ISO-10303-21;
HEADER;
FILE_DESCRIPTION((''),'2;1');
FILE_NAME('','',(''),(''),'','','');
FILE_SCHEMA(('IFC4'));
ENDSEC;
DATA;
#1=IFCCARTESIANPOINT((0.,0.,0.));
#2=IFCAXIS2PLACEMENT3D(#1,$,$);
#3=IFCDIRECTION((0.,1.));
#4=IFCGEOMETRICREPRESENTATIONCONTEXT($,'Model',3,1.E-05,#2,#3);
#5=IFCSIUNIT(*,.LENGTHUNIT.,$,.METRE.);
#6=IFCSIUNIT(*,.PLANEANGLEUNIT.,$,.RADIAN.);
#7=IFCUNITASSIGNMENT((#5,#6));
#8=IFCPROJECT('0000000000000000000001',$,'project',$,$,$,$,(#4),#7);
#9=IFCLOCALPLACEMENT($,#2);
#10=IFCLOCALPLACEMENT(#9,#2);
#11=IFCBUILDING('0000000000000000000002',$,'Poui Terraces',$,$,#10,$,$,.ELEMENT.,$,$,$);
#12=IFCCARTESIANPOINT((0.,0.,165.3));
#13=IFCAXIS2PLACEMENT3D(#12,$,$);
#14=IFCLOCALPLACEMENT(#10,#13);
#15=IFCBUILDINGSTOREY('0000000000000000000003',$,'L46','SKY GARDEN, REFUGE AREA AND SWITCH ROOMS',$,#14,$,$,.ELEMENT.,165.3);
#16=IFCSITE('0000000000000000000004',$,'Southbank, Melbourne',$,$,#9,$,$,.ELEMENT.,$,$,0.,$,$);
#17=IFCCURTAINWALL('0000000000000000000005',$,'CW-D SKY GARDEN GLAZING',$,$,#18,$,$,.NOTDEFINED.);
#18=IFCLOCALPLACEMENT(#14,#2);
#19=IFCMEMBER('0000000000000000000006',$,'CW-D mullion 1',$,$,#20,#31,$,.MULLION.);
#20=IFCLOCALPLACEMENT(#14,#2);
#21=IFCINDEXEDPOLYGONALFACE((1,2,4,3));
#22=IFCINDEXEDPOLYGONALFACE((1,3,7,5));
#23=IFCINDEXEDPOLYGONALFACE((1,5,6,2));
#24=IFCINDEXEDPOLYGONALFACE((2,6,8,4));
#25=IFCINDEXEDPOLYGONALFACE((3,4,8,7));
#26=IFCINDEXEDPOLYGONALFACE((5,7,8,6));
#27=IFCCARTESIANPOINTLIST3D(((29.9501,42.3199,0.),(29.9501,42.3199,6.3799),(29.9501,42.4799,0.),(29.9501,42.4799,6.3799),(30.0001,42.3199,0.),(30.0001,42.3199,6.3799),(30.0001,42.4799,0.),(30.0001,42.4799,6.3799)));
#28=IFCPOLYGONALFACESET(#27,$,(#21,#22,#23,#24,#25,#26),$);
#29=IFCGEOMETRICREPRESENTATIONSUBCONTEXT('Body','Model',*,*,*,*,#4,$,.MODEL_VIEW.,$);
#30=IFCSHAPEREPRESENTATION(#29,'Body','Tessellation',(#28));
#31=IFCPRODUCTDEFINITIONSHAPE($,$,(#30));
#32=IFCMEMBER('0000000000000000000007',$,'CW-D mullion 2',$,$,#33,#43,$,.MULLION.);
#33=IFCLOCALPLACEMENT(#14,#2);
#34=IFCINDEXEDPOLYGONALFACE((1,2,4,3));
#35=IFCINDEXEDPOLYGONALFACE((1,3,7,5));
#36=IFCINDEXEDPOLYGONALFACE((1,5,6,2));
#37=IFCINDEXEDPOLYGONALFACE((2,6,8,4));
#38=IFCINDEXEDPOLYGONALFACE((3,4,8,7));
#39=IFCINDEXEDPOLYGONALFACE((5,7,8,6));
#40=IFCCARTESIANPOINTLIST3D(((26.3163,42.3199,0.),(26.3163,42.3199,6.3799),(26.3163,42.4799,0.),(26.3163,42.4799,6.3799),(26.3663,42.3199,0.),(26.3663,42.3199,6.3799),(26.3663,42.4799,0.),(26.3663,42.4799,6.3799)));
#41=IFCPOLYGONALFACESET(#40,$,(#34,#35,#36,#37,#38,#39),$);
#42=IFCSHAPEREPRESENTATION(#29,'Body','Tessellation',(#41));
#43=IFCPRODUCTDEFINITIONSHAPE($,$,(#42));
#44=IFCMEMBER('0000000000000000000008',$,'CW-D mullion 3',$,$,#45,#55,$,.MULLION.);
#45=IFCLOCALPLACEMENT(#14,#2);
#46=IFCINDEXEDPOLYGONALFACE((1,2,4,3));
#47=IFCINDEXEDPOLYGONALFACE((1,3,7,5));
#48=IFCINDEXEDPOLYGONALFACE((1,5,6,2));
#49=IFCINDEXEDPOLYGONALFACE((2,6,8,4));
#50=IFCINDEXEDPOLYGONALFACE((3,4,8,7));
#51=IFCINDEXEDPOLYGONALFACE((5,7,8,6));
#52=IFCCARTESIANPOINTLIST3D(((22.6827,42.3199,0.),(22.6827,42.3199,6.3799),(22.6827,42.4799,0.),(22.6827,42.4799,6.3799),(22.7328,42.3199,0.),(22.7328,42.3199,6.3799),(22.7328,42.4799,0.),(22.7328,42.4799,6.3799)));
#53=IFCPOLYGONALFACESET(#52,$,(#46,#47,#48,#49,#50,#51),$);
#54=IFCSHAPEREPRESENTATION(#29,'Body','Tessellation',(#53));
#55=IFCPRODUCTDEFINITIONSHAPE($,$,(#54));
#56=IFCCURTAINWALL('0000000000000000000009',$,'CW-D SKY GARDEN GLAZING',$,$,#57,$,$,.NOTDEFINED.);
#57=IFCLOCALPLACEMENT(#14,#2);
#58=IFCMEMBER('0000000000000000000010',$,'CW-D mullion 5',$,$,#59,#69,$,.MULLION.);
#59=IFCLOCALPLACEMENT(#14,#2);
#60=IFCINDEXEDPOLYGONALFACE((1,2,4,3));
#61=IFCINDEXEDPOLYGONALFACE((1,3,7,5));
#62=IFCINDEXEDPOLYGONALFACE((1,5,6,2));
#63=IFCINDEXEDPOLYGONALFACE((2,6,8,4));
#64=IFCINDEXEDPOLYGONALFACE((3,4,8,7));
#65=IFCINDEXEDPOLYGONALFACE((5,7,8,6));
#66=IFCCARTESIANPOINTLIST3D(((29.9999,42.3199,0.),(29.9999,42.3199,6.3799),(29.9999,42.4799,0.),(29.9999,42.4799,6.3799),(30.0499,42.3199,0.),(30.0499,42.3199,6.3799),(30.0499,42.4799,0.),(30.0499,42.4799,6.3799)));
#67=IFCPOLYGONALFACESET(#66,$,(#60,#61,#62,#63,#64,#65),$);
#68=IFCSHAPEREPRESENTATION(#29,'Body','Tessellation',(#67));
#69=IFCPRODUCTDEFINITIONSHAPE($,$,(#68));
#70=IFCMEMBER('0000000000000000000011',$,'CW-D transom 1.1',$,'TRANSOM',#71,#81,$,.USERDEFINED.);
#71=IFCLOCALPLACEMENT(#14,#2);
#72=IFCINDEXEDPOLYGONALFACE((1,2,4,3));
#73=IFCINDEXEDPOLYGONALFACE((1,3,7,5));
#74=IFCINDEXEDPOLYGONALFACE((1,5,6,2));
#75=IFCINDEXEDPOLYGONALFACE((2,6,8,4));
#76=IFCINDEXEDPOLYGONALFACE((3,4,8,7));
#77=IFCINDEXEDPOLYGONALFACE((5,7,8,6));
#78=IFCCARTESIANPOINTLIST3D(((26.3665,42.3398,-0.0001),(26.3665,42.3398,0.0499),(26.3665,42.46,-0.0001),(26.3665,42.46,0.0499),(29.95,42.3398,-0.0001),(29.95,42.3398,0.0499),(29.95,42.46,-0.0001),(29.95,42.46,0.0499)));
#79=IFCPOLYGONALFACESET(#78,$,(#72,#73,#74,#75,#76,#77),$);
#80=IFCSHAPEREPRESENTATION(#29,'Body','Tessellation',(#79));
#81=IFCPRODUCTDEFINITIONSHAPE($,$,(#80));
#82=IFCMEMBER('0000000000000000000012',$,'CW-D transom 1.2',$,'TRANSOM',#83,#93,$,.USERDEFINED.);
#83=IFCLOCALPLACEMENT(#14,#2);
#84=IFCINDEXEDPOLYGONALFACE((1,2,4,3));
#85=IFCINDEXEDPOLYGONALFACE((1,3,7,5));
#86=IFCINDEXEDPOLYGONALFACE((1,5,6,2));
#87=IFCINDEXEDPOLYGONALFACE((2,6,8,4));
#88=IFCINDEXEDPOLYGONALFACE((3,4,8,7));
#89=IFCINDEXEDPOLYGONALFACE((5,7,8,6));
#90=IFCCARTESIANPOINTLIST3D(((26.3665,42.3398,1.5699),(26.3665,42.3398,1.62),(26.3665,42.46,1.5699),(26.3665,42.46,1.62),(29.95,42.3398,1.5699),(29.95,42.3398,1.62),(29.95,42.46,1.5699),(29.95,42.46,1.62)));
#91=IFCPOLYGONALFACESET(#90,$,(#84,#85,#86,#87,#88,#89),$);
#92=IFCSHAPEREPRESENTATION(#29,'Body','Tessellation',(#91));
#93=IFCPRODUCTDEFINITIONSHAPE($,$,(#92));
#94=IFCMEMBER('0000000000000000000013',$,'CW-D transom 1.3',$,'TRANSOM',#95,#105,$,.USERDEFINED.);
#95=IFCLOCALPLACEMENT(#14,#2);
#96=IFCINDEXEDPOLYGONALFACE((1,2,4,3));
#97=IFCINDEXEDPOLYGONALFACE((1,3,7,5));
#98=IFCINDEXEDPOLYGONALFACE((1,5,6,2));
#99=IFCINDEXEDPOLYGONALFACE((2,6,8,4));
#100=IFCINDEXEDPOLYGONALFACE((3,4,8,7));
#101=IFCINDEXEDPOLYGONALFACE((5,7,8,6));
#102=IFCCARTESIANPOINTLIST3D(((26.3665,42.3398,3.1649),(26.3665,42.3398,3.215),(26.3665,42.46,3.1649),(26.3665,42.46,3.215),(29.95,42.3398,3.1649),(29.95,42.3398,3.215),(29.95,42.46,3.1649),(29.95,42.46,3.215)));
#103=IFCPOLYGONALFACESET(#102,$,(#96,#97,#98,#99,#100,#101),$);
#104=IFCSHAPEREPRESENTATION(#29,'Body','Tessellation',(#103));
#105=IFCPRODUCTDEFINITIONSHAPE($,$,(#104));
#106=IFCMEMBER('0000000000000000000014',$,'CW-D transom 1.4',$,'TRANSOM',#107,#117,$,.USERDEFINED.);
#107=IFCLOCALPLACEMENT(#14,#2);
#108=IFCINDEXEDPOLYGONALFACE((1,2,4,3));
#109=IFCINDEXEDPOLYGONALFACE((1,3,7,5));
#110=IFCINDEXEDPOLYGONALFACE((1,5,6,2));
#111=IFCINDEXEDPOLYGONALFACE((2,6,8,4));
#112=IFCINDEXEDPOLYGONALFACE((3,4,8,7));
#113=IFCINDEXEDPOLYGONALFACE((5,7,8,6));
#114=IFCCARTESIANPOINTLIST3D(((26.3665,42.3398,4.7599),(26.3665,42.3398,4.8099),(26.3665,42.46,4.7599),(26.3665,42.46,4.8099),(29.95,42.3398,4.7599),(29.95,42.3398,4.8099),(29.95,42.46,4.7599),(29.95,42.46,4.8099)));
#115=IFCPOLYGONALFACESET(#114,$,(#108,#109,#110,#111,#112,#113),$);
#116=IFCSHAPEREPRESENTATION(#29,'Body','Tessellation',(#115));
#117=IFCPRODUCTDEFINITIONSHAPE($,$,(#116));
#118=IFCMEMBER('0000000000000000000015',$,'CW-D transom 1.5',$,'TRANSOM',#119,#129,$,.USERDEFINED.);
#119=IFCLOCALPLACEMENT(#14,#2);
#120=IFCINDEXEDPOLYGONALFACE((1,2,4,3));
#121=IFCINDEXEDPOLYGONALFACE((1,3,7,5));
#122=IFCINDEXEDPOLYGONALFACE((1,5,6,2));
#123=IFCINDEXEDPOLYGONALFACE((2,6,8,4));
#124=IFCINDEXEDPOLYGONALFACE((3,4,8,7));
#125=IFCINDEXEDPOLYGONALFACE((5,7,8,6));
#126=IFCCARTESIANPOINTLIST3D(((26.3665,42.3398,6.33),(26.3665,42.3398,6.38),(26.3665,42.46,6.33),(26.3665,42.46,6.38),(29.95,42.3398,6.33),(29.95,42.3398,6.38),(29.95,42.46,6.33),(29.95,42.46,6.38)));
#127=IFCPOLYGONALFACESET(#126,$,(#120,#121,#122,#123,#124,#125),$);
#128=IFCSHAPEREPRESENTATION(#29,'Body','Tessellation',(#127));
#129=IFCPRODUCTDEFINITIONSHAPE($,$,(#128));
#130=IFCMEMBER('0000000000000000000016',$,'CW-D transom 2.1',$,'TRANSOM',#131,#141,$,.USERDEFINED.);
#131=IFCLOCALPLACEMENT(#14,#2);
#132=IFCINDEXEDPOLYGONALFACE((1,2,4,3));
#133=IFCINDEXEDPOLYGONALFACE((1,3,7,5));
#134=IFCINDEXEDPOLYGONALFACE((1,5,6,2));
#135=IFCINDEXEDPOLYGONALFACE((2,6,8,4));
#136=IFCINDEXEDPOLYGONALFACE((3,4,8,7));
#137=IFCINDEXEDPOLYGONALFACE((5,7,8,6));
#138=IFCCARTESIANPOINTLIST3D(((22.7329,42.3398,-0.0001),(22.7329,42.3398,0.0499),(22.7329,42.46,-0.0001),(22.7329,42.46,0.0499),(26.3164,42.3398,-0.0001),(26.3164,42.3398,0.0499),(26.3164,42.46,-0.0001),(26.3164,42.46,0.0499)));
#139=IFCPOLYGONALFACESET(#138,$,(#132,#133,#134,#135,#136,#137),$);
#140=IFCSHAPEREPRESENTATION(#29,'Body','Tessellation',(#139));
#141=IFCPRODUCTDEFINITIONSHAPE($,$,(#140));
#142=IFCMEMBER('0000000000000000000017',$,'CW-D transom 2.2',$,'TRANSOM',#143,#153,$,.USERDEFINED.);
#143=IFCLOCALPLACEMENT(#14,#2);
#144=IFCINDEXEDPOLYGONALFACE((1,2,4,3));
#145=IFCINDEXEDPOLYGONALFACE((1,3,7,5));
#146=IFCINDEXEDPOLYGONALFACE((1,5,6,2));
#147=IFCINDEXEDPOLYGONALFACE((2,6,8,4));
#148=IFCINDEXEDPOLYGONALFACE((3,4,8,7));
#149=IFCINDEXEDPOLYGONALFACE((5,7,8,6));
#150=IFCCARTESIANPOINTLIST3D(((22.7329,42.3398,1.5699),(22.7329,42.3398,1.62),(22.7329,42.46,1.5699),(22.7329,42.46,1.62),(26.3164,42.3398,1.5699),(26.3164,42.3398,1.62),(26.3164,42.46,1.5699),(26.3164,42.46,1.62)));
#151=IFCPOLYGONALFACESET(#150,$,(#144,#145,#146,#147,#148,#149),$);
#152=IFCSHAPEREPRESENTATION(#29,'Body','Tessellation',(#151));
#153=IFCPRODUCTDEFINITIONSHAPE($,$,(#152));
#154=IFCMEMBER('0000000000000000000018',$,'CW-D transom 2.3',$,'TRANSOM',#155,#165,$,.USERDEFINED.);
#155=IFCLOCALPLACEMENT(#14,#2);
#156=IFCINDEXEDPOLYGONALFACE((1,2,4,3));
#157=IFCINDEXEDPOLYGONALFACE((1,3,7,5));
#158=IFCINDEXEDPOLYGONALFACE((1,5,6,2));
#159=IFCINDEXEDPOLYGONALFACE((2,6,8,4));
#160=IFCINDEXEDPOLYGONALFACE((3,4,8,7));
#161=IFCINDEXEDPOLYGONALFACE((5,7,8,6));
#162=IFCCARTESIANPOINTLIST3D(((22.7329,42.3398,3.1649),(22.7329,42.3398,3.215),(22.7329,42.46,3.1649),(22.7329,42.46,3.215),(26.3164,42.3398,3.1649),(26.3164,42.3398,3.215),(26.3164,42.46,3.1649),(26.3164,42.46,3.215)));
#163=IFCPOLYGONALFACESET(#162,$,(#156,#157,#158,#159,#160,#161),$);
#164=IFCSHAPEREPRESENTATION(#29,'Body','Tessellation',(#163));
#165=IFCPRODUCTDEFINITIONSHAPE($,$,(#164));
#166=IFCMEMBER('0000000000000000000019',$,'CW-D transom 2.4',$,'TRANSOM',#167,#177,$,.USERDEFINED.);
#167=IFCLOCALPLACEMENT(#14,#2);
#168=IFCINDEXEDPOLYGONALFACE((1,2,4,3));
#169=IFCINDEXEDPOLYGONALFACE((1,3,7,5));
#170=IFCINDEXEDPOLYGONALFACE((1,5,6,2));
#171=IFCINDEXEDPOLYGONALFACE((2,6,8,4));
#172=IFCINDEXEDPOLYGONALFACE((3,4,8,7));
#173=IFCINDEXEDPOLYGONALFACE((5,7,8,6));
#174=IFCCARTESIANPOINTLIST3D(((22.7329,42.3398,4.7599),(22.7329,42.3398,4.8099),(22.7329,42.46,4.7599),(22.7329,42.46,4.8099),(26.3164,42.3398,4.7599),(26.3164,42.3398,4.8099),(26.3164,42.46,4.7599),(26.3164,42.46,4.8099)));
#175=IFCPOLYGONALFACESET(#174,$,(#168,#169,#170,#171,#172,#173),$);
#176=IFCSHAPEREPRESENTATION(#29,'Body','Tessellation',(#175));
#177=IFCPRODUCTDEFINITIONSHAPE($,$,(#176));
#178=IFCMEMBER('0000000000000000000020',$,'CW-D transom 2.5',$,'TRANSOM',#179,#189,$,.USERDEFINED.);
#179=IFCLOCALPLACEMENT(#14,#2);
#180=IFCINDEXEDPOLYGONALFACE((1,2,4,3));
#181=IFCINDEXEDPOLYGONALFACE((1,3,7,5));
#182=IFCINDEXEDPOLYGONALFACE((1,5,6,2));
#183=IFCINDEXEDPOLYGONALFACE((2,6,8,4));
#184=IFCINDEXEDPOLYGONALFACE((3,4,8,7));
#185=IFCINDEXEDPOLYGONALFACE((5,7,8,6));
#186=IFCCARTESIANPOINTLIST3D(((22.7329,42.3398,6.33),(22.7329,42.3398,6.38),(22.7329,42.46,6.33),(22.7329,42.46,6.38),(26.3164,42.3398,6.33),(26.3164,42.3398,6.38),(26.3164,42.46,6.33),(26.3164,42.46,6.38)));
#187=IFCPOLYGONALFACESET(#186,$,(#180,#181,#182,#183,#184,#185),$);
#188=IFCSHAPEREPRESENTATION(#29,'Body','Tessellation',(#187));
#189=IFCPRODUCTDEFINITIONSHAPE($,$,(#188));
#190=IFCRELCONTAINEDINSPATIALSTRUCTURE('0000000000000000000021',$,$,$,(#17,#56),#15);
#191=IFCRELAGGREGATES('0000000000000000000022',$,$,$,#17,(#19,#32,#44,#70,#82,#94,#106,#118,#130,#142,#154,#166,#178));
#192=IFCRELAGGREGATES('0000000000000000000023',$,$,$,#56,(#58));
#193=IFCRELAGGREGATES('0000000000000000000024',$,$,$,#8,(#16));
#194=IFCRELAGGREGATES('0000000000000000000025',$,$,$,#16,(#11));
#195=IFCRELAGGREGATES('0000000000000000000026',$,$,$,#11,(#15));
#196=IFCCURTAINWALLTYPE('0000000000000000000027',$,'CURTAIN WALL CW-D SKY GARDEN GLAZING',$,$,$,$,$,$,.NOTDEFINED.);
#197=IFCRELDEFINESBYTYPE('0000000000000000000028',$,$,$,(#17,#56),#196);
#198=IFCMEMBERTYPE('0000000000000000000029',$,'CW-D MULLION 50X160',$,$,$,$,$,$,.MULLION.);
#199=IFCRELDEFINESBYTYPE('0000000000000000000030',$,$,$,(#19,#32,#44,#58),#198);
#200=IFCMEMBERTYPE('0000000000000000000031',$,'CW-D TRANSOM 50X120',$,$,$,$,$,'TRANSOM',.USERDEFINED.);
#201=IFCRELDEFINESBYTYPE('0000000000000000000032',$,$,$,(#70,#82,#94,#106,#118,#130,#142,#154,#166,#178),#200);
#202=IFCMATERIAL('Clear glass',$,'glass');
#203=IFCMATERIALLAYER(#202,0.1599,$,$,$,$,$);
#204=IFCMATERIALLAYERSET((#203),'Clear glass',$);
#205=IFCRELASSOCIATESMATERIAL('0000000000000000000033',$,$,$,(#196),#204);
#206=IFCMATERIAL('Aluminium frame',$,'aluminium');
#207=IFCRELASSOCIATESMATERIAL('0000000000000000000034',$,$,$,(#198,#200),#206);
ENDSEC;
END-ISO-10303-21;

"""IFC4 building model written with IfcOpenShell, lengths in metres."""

from ifc_helpers import new_model, si_unit, direction, frame, origin, origin_2d, place, context, subcontext, project, spatial, rectangle, extrude, material, layer, layer_set, material_profile, profile_set, type_object, element, aggregate, save


model = new_model("IFC4")

# Units and contexts
model_context = context("Model", 3, precision=1e-05, world=origin(), true_north=direction((0.0, 1.0)))
body_context = subcontext(model_context, "Body", "Model", "MODEL_VIEW")
ifc_project = project(units=[si_unit("LENGTHUNIT", "METRE"), si_unit("PLANEANGLEUNIT", "RADIAN")], contexts=[model_context])

# Site, building, storey
site_placement = place(None, origin())
site = spatial("IfcSite", under=ifc_project, at=site_placement, Name="Southbank, Melbourne", CompositionType="ELEMENT", RefElevation=0.0)
building_placement = place(site_placement, origin())
building = spatial("IfcBuilding", under=site, at=building_placement, Name="Poui Terraces", CompositionType="ELEMENT")
storey_placement = place(building_placement, frame((0.0, 0.0, 165.3)))
storey = spatial("IfcBuildingStorey", under=building, at=storey_placement, Name="L46", Description="SKY GARDEN, REFUGE AREA AND SWITCH ROOMS", CompositionType="ELEMENT", Elevation=165.3)

# Curtain wall, members
ifc_material_1 = material(Name="Clear glass", Category="glass")
ifc_layer_1 = layer(ifc_material_1, 0.1599)
ifc_layer_set_1 = layer_set([ifc_layer_1], Name="Clear glass")
curtain_wall_type = type_object("IfcCurtainWallType", Name="CURTAIN WALL CW-D SKY GARDEN GLAZING", PredefinedType="NOTDEFINED", material=ifc_layer_set_1)
curtain_wall_1_placement = place(storey_placement, origin())
curtain_wall_1 = element("IfcCurtainWall", 1, at=curtain_wall_1_placement, inside=storey, type_object=curtain_wall_type, Name="CW-D SKY GARDEN GLAZING", PredefinedType="NOTDEFINED")
ifc_material_2 = material(Name="Aluminium frame", Category="aluminium")
ifc_material_profile_1 = material_profile(ifc_material_2, rectangle(XDim=0.1599, YDim=0.05, at=origin_2d()), Name="CW-D MULLION 50X160")
ifc_profile_set_1 = profile_set([ifc_material_profile_1], Name="Aluminium frame")
member_type_1 = type_object("IfcMemberType", Name="CW-D MULLION 50X160", PredefinedType="MULLION", material=ifc_profile_set_1)
member_1_placement = place(storey_placement, frame((29.9751, 42.3999, 0.0), z_axis=(0.0, 0.0, 1.0), x_axis=(0.0, -1.0, 0.0)))
member_1 = element("IfcMember", 2, at=member_1_placement, type_object=member_type_1, Name="CW-D mullion 1", PredefinedType="MULLION", context=body_context, shape_type="SweptSolid", body=[
    extrude(rectangle(XDim=0.1599, YDim=0.05, at=origin_2d()), origin(), (0.0, 0.0, 1.0), 6.3799),
])
member_2_placement = place(storey_placement, frame((26.3413, 42.3999, 0.0), z_axis=(0.0, 0.0, 1.0), x_axis=(0.0, -1.0, 0.0)))
member_2 = element("IfcMember", 3, at=member_2_placement, type_object=member_type_1, Name="CW-D mullion 2", PredefinedType="MULLION", context=body_context, shape_type="SweptSolid", body=[
    extrude(rectangle(XDim=0.1599, YDim=0.05, at=origin_2d()), origin(), (0.0, 0.0, 1.0), 6.3799),
])
member_3_placement = place(storey_placement, frame((22.7078, 42.3999, 0.0), z_axis=(0.0, 0.0, 1.0), x_axis=(0.0, -1.0, 0.0)))
member_3 = element("IfcMember", 4, at=member_3_placement, type_object=member_type_1, Name="CW-D mullion 3", PredefinedType="MULLION", context=body_context, shape_type="SweptSolid", body=[
    extrude(rectangle(XDim=0.1599, YDim=0.05, at=origin_2d()), origin(), (0.0, 0.0, 1.0), 6.3799),
])

# Curtain wall, member
curtain_wall_2_placement = place(storey_placement, origin())
curtain_wall_2 = element("IfcCurtainWall", 5, at=curtain_wall_2_placement, inside=storey, type_object=curtain_wall_type, Name="CW-D SKY GARDEN GLAZING", PredefinedType="NOTDEFINED")
member_4_placement = place(storey_placement, frame((30.0249, 42.3999, 0.0), z_axis=(0.0, 0.0, 1.0), x_axis=(0.0, -1.0, 0.0)))
member_4 = element("IfcMember", 6, at=member_4_placement, type_object=member_type_1, Name="CW-D mullion 5", PredefinedType="MULLION", context=body_context, shape_type="SweptSolid", body=[
    extrude(rectangle(XDim=0.1599, YDim=0.05, at=origin_2d()), origin(), (0.0, 0.0, 1.0), 6.3799),
])

# Members
ifc_material_profile_2 = material_profile(ifc_material_2, rectangle(XDim=0.1201, YDim=0.05, at=origin_2d()), Name="CW-D TRANSOM 50X120")
ifc_profile_set_2 = profile_set([ifc_material_profile_2], Name="Aluminium frame")
member_type_2 = type_object("IfcMemberType", Name="CW-D TRANSOM 50X120", ElementType="TRANSOM", PredefinedType="USERDEFINED", material=ifc_profile_set_2)
member_5_placement = place(storey_placement, frame((29.95, 42.3999, 0.0249), z_axis=(-1.0, 0.0, 0.0), x_axis=(0.0, -1.0, 0.0)))
member_5 = element("IfcMember", 7, at=member_5_placement, type_object=member_type_2, Name="CW-D transom 1.1", ObjectType="TRANSOM", PredefinedType="USERDEFINED", context=body_context, shape_type="SweptSolid", body=[
    extrude(rectangle(XDim=0.1201, YDim=0.05, at=origin_2d()), origin(), (0.0, 0.0, 1.0), 3.5835),
])
member_6_placement = place(storey_placement, frame((29.95, 42.3999, 1.595), z_axis=(-1.0, 0.0, 0.0), x_axis=(0.0, -1.0, 0.0)))
member_6 = element("IfcMember", 8, at=member_6_placement, type_object=member_type_2, Name="CW-D transom 1.2", ObjectType="TRANSOM", PredefinedType="USERDEFINED", context=body_context, shape_type="SweptSolid", body=[
    extrude(rectangle(XDim=0.1201, YDim=0.05, at=origin_2d()), origin(), (0.0, 0.0, 1.0), 3.5835),
])
member_7_placement = place(storey_placement, frame((29.95, 42.3999, 3.1899), z_axis=(-1.0, 0.0, 0.0), x_axis=(0.0, -1.0, 0.0)))
member_7 = element("IfcMember", 9, at=member_7_placement, type_object=member_type_2, Name="CW-D transom 1.3", ObjectType="TRANSOM", PredefinedType="USERDEFINED", context=body_context, shape_type="SweptSolid", body=[
    extrude(rectangle(XDim=0.1201, YDim=0.05, at=origin_2d()), origin(), (0.0, 0.0, 1.0), 3.5835),
])
member_8_placement = place(storey_placement, frame((29.95, 42.3999, 4.7849), z_axis=(-1.0, 0.0, 0.0), x_axis=(0.0, -1.0, 0.0)))
member_8 = element("IfcMember", 10, at=member_8_placement, type_object=member_type_2, Name="CW-D transom 1.4", ObjectType="TRANSOM", PredefinedType="USERDEFINED", context=body_context, shape_type="SweptSolid", body=[
    extrude(rectangle(XDim=0.1201, YDim=0.05, at=origin_2d()), origin(), (0.0, 0.0, 1.0), 3.5835),
])
member_9_placement = place(storey_placement, frame((29.95, 42.3999, 6.355), z_axis=(-1.0, 0.0, 0.0), x_axis=(0.0, -1.0, 0.0)))
member_9 = element("IfcMember", 11, at=member_9_placement, type_object=member_type_2, Name="CW-D transom 1.5", ObjectType="TRANSOM", PredefinedType="USERDEFINED", context=body_context, shape_type="SweptSolid", body=[
    extrude(rectangle(XDim=0.1201, YDim=0.05, at=origin_2d()), origin(), (0.0, 0.0, 1.0), 3.5835),
])
member_10_placement = place(storey_placement, frame((26.3164, 42.3999, 0.0249), z_axis=(-1.0, 0.0, 0.0), x_axis=(0.0, -1.0, 0.0)))
member_10 = element("IfcMember", 12, at=member_10_placement, type_object=member_type_2, Name="CW-D transom 2.1", ObjectType="TRANSOM", PredefinedType="USERDEFINED", context=body_context, shape_type="SweptSolid", body=[
    extrude(rectangle(XDim=0.1201, YDim=0.05, at=origin_2d()), origin(), (0.0, 0.0, 1.0), 3.5835),
])
member_11_placement = place(storey_placement, frame((26.3164, 42.3999, 1.595), z_axis=(-1.0, 0.0, 0.0), x_axis=(0.0, -1.0, 0.0)))
member_11 = element("IfcMember", 13, at=member_11_placement, type_object=member_type_2, Name="CW-D transom 2.2", ObjectType="TRANSOM", PredefinedType="USERDEFINED", context=body_context, shape_type="SweptSolid", body=[
    extrude(rectangle(XDim=0.1201, YDim=0.05, at=origin_2d()), origin(), (0.0, 0.0, 1.0), 3.5835),
])
member_12_placement = place(storey_placement, frame((26.3164, 42.3999, 3.1899), z_axis=(-1.0, 0.0, 0.0), x_axis=(0.0, -1.0, 0.0)))
member_12 = element("IfcMember", 14, at=member_12_placement, type_object=member_type_2, Name="CW-D transom 2.3", ObjectType="TRANSOM", PredefinedType="USERDEFINED", context=body_context, shape_type="SweptSolid", body=[
    extrude(rectangle(XDim=0.1201, YDim=0.05, at=origin_2d()), origin(), (0.0, 0.0, 1.0), 3.5835),
])
member_13_placement = place(storey_placement, frame((26.3164, 42.3999, 4.7849), z_axis=(-1.0, 0.0, 0.0), x_axis=(0.0, -1.0, 0.0)))
member_13 = element("IfcMember", 15, at=member_13_placement, type_object=member_type_2, Name="CW-D transom 2.4", ObjectType="TRANSOM", PredefinedType="USERDEFINED", context=body_context, shape_type="SweptSolid", body=[
    extrude(rectangle(XDim=0.1201, YDim=0.05, at=origin_2d()), origin(), (0.0, 0.0, 1.0), 3.5835),
])
member_14_placement = place(storey_placement, frame((26.3164, 42.3999, 6.355), z_axis=(-1.0, 0.0, 0.0), x_axis=(0.0, -1.0, 0.0)))
member_14 = element("IfcMember", 16, at=member_14_placement, type_object=member_type_2, Name="CW-D transom 2.5", ObjectType="TRANSOM", PredefinedType="USERDEFINED", context=body_context, shape_type="SweptSolid", body=[
    extrude(rectangle(XDim=0.1201, YDim=0.05, at=origin_2d()), origin(), (0.0, 0.0, 1.0), 3.5835),
])

aggregate(curtain_wall_1, [member_1, member_2, member_3, member_5, member_6, member_7, member_8, member_9, member_10, member_11, member_12, member_13, member_14])
aggregate(curtain_wall_2, [member_4])

save(model, "model.ifc")
